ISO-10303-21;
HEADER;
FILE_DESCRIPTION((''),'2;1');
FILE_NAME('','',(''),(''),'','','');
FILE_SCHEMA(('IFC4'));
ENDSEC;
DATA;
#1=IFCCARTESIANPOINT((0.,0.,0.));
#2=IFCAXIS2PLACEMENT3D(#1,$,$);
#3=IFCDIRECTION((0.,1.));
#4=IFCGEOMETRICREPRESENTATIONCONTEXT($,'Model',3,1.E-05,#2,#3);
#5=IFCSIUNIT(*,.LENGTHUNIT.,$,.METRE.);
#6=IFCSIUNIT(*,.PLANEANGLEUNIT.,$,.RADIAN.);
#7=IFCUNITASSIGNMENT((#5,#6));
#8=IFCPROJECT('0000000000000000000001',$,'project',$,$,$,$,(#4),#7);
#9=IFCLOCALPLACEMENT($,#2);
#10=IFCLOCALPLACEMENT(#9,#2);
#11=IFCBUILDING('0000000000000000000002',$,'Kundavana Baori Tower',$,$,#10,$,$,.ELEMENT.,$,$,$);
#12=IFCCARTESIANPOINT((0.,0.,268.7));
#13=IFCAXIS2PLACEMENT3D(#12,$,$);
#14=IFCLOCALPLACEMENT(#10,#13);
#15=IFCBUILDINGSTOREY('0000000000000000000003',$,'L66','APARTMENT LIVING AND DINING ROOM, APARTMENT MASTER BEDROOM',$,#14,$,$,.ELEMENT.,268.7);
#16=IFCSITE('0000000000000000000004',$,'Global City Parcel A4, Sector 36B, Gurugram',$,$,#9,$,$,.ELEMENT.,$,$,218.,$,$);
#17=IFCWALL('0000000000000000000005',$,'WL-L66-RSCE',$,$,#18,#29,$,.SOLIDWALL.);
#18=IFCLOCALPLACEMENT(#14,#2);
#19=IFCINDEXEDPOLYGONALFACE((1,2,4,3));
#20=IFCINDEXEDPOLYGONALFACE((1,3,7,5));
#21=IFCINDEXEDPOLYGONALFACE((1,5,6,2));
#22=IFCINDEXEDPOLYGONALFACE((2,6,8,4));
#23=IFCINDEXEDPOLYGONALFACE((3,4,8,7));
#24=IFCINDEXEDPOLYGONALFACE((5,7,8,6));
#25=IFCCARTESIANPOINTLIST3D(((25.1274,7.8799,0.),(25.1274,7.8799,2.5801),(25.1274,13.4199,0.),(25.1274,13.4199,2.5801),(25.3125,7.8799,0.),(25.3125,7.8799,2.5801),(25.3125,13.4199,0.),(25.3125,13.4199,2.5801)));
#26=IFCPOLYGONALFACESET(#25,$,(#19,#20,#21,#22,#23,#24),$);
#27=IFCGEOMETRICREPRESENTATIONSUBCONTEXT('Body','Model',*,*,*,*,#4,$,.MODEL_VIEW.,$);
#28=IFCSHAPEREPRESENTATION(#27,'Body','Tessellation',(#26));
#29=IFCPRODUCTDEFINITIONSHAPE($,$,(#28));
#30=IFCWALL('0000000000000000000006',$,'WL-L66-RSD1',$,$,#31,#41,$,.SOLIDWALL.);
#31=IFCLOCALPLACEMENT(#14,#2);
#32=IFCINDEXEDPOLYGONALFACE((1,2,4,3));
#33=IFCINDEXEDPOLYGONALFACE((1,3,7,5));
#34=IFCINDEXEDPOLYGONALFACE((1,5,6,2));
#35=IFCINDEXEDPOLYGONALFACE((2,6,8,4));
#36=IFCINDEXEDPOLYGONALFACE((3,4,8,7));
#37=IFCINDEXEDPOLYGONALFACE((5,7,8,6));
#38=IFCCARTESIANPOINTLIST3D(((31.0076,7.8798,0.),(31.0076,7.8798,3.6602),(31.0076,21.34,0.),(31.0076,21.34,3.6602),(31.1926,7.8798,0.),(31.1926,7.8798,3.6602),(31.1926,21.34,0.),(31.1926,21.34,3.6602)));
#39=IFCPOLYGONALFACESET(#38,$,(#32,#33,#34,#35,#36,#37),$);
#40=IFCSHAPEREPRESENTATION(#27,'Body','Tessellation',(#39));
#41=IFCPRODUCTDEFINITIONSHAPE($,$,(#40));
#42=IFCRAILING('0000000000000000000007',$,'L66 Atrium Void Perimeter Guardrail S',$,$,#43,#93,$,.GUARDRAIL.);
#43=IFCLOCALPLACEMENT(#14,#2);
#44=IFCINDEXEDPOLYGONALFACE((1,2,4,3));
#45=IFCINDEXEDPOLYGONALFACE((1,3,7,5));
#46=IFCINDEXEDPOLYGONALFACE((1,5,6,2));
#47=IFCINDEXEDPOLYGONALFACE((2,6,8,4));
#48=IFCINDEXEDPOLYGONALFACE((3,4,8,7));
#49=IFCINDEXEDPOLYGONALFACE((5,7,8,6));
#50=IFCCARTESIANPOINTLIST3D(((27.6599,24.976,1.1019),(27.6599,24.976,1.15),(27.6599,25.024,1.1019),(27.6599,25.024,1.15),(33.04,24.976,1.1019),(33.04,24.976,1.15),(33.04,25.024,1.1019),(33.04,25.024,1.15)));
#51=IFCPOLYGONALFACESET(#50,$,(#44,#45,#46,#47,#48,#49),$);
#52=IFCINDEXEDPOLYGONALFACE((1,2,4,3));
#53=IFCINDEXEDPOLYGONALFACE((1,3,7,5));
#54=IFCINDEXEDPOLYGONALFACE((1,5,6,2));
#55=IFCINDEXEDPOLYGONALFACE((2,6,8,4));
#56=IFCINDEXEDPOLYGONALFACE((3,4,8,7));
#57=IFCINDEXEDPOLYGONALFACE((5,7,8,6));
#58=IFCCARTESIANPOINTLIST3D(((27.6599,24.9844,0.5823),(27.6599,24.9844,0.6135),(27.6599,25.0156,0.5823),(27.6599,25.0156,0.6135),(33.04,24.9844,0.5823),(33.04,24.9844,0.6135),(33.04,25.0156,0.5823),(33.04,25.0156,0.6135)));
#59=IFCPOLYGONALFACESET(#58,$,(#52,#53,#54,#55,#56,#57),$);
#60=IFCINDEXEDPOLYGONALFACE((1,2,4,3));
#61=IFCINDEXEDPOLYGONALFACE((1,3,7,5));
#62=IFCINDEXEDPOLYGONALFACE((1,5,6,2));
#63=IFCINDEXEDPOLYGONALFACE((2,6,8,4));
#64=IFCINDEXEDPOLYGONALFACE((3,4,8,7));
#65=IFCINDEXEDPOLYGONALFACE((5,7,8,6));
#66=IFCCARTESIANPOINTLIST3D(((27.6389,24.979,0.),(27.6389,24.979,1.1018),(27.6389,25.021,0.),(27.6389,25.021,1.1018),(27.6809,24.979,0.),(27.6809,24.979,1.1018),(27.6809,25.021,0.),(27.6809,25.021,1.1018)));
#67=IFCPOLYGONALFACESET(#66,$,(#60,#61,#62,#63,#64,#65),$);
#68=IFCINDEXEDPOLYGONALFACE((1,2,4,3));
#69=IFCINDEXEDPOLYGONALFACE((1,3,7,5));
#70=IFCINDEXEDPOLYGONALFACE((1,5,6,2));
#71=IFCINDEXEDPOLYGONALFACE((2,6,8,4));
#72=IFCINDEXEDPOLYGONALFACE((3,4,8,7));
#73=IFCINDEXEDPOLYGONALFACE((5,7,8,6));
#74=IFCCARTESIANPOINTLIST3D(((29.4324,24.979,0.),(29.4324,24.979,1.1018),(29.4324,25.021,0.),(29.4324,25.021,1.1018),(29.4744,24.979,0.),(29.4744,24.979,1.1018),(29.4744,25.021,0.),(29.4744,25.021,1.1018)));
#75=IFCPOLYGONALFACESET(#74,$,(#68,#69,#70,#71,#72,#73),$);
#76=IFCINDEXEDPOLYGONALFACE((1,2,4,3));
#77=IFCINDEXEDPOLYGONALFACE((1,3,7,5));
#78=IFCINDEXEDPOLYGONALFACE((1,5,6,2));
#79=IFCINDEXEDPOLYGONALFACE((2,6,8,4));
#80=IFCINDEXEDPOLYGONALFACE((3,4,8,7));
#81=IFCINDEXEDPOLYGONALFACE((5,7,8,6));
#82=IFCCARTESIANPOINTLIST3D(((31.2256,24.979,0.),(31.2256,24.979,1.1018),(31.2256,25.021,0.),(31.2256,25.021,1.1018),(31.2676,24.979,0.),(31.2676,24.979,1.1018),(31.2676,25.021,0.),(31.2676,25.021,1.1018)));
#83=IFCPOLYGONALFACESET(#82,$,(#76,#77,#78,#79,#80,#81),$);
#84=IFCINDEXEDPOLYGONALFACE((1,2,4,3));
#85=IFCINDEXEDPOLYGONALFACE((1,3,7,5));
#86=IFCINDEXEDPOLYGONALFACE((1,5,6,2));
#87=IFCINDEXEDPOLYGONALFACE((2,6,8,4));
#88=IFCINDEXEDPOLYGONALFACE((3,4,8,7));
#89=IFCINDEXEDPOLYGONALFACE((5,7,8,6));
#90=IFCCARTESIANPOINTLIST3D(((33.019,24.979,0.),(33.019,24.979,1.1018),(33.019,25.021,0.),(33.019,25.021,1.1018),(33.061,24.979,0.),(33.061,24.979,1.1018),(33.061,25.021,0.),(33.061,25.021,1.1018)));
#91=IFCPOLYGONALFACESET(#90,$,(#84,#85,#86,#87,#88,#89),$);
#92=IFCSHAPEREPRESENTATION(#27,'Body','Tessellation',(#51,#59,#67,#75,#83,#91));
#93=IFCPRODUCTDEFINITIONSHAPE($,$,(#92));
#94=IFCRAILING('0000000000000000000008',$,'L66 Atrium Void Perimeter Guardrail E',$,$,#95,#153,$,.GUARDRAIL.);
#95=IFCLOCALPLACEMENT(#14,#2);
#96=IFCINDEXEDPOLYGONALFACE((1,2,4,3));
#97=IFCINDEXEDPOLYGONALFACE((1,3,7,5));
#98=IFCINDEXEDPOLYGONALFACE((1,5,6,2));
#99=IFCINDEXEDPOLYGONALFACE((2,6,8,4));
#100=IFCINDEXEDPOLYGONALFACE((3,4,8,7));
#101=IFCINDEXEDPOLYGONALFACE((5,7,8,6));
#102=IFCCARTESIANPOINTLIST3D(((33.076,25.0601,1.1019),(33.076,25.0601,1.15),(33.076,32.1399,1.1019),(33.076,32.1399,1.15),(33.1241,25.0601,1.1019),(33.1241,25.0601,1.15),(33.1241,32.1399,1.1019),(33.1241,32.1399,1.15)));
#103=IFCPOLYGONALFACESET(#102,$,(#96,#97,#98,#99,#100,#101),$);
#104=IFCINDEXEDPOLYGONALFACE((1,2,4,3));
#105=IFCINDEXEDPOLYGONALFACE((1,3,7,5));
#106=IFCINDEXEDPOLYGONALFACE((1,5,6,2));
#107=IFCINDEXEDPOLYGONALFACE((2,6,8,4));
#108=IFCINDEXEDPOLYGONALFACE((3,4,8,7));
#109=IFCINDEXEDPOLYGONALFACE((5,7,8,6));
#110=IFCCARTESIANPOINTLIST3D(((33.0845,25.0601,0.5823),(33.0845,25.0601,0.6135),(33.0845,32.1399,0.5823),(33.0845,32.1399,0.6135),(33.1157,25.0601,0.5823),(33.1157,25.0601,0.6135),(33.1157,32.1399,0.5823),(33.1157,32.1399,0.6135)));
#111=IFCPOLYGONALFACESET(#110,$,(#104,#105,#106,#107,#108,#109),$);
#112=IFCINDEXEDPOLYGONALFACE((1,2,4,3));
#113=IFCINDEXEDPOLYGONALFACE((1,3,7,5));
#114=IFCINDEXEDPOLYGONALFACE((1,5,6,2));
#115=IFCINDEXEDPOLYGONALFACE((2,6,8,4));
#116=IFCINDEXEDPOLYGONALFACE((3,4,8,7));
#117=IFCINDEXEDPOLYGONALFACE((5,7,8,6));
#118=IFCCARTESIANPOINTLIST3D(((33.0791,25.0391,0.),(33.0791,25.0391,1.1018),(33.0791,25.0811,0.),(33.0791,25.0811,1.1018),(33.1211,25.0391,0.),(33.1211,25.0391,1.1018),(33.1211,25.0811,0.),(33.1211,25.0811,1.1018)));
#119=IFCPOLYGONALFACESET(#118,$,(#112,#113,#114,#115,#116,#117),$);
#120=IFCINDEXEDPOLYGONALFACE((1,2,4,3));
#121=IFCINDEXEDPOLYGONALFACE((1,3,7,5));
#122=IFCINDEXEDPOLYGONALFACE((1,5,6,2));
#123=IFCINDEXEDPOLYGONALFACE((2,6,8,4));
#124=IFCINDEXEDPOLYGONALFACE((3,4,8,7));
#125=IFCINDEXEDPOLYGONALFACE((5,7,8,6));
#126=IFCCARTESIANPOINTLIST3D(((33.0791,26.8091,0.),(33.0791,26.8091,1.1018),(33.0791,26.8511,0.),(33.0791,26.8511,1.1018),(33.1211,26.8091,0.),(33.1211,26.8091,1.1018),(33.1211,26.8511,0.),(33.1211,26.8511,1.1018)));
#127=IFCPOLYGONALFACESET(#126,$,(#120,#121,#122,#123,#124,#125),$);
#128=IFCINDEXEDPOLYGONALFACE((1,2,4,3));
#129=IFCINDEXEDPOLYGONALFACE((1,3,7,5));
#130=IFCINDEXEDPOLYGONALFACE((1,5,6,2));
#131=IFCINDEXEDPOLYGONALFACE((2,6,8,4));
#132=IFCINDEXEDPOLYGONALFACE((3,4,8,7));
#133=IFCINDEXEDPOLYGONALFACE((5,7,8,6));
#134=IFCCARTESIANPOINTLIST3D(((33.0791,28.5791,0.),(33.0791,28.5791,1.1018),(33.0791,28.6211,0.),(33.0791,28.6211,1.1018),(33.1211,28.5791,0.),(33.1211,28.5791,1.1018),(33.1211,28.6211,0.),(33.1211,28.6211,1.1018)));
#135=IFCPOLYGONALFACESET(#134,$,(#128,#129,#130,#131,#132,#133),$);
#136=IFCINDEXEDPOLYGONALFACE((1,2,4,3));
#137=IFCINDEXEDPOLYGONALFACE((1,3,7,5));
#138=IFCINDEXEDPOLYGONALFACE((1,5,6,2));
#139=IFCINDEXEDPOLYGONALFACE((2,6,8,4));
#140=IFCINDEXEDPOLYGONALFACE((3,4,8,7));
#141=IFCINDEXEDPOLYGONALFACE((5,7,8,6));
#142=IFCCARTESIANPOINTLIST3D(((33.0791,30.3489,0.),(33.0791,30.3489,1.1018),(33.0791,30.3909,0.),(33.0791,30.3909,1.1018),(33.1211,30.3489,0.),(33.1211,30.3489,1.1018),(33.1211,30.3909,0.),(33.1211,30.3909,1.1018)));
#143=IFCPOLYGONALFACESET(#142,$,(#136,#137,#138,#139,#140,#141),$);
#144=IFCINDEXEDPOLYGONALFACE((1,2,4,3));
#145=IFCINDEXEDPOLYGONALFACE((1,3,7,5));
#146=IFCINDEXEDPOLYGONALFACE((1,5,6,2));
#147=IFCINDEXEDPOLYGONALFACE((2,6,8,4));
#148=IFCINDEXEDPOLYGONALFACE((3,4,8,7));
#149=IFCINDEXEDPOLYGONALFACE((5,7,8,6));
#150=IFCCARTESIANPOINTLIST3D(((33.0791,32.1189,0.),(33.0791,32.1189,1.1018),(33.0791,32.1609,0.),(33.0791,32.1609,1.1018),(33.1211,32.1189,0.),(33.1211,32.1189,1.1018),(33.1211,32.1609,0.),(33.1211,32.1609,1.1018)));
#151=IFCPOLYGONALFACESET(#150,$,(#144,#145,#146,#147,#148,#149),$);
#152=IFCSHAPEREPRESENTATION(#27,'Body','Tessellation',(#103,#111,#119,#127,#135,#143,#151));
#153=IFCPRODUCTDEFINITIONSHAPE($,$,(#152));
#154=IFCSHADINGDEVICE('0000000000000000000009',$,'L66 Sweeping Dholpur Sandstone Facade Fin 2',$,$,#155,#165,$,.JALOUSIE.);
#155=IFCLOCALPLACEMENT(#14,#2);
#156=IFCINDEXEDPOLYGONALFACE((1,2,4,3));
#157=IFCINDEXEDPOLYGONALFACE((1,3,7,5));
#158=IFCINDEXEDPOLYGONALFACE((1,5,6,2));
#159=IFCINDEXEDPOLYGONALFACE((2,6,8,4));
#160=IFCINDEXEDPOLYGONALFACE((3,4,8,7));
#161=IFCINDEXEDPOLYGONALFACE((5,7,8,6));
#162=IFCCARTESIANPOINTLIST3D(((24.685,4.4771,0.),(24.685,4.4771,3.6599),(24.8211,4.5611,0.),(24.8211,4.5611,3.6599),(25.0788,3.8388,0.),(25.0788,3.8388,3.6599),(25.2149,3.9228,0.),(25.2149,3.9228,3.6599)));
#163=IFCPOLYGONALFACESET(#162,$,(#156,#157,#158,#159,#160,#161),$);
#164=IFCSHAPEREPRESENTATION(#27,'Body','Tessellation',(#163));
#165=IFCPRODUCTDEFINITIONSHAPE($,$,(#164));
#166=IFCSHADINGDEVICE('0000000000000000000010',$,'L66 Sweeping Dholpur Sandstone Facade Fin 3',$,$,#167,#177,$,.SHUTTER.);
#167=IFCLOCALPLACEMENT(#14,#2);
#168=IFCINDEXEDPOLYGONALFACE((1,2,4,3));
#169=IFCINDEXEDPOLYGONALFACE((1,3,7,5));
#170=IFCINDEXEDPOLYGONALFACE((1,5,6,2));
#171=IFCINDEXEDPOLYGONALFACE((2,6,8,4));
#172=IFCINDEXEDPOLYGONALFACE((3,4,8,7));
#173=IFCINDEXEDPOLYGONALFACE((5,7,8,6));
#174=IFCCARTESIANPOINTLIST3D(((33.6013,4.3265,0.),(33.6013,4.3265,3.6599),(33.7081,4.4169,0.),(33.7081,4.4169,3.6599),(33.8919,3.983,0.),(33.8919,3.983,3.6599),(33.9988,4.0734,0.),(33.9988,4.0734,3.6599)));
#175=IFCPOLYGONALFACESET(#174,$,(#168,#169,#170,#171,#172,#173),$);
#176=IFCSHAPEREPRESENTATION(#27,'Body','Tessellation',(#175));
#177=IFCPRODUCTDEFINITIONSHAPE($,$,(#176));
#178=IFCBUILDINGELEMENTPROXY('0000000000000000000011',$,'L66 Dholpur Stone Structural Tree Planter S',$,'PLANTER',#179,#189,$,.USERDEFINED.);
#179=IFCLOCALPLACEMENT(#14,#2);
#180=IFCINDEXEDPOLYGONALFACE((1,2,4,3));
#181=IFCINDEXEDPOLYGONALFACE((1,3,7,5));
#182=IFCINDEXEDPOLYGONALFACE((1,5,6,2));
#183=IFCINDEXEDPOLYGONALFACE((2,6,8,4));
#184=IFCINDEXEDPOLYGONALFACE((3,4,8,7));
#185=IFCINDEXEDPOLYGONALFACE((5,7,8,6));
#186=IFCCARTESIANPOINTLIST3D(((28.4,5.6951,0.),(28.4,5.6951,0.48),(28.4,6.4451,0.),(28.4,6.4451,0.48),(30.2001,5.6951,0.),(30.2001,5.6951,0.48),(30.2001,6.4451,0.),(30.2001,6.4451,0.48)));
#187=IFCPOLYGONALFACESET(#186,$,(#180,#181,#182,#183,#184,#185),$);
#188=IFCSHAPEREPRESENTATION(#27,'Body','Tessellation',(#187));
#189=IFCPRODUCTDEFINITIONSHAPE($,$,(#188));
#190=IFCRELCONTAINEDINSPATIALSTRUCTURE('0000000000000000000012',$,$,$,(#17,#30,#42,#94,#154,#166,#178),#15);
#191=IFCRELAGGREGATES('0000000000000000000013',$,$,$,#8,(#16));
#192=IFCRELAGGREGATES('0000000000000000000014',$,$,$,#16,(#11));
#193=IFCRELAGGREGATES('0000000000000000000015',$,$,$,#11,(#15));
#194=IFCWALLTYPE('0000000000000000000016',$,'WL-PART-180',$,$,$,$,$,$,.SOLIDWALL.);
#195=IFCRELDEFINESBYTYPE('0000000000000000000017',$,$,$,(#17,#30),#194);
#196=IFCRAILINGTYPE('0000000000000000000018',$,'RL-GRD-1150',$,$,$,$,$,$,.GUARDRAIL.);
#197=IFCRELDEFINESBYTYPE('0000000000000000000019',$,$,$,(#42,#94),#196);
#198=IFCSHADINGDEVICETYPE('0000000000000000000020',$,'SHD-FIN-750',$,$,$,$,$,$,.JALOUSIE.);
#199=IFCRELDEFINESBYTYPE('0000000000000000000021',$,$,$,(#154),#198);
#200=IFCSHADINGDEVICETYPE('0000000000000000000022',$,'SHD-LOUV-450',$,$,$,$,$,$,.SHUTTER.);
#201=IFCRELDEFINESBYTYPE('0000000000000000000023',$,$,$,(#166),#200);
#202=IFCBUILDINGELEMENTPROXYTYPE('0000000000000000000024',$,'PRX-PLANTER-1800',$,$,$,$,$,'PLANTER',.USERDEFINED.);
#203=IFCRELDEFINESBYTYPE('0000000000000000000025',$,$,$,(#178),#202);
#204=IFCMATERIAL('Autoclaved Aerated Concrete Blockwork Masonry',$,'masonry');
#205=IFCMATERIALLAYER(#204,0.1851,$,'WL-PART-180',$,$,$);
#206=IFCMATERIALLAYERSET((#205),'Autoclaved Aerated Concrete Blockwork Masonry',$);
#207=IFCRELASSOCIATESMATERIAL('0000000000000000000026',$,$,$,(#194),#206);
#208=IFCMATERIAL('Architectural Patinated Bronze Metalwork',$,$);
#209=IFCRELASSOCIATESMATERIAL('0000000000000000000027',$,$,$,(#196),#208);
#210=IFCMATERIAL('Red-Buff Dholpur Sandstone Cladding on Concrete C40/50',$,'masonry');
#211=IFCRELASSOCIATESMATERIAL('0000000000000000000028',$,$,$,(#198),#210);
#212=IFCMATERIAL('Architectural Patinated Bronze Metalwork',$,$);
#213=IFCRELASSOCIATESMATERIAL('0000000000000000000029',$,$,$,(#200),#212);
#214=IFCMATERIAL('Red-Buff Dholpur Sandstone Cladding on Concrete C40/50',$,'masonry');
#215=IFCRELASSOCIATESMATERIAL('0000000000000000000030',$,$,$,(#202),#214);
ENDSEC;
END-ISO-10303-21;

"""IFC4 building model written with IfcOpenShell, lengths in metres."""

from ifc_helpers import new_model, si_unit, direction, frame, frame_2d, origin, origin_2d, place, context, subcontext, project, spatial, rectangle, extrude, material, layer, layer_set, type_object, element, save


model = new_model("IFC4")

# Units and contexts
model_context = context("Model", 3, precision=1e-05, world=origin(), true_north=direction((0.0, 1.0)))
body_context = subcontext(model_context, "Body", "Model", "MODEL_VIEW")
ifc_project = project(units=[si_unit("LENGTHUNIT", "METRE"), si_unit("PLANEANGLEUNIT", "RADIAN")], contexts=[model_context])

# Site, building, storey
site_placement = place(None, origin())
site = spatial("IfcSite", under=ifc_project, at=site_placement, Name="Global City Parcel A4, Sector 36B, Gurugram", CompositionType="ELEMENT", RefElevation=218.0)
building_placement = place(site_placement, origin())
building = spatial("IfcBuilding", under=site, at=building_placement, Name="Kundavana Baori Tower", CompositionType="ELEMENT")
storey_placement = place(building_placement, frame((0.0, 0.0, 268.7)))
storey = spatial("IfcBuildingStorey", under=building, at=storey_placement, Name="L66", Description="APARTMENT LIVING AND DINING ROOM, APARTMENT MASTER BEDROOM", CompositionType="ELEMENT", Elevation=268.7)

# Shared definitions
ifc_material_1 = material(Name="Autoclaved Aerated Concrete Blockwork Masonry", Category="masonry")
ifc_layer = layer(ifc_material_1, 0.1851, Name="WL-PART-180")
ifc_layer_set = layer_set([ifc_layer], Name="Autoclaved Aerated Concrete Blockwork Masonry")
wall_type = type_object("IfcWallType", Name="WL-PART-180", PredefinedType="SOLIDWALL", material=ifc_layer_set)

# Walls
wall_1_placement = place(storey_placement, frame((25.22, 7.8799, 0.0), z_axis=(0.0, 0.0, 1.0), x_axis=(0.0, 1.0, 0.0)))
element("IfcWall", 1, at=wall_1_placement, inside=storey, type_object=wall_type, Name="WL-L66-RSCE", PredefinedType="SOLIDWALL", context=body_context, shape_type="SweptSolid", body=[
    extrude(rectangle(XDim=5.54, YDim=0.1851, at=frame_2d((2.77, 0.0))), origin(), (0.0, 0.0, 1.0), 2.5801),
])
wall_2_placement = place(storey_placement, frame((31.1001, 7.8799, 0.0), z_axis=(0.0, 0.0, 1.0), x_axis=(0.0, 1.0, 0.0)))
element("IfcWall", 2, at=wall_2_placement, inside=storey, type_object=wall_type, Name="WL-L66-RSD1", PredefinedType="SOLIDWALL", context=body_context, shape_type="SweptSolid", body=[
    extrude(rectangle(XDim=13.4602, YDim=0.1851, at=frame_2d((6.73, 0.0))), origin(), (0.0, 0.0, 1.0), 3.6602),
])

# Railings
ifc_material_2 = material(Name="Architectural Patinated Bronze Metalwork")
railing_type = type_object("IfcRailingType", Name="RL-GRD-1150", PredefinedType="GUARDRAIL", material=ifc_material_2)
railing_1_placement = place(storey_placement, frame((27.6599, 25.0, 0.0)))
element("IfcRailing", 3, at=railing_1_placement, inside=storey, type_object=railing_type, Name="L66 Atrium Void Perimeter Guardrail S", PredefinedType="GUARDRAIL", context=body_context, shape_type="SweptSolid", body=[
    extrude(rectangle(XDim=0.0481, YDim=0.0481, at=origin_2d()), frame((0.0, 0.0, 1.126), z_axis=(1.0, 0.0, 0.0), x_axis=(0.0, 1.0, 0.0)), (0.0, 0.0, 1.0), 5.3801),
    extrude(rectangle(XDim=0.0312, YDim=0.0312, at=origin_2d()), frame((0.0, 0.0, 0.5979), z_axis=(1.0, 0.0, 0.0), x_axis=(0.0, 1.0, 0.0)), (0.0, 0.0, 1.0), 5.3801),
    extrude(rectangle(XDim=0.042, YDim=0.042, at=origin_2d()), origin(), (0.0, 0.0, 1.0), 1.1018),
    extrude(rectangle(XDim=0.042, YDim=0.042, at=origin_2d()), frame((1.7935, 0.0, 0.0)), (0.0, 0.0, 1.0), 1.1018),
    extrude(rectangle(XDim=0.042, YDim=0.042, at=origin_2d()), frame((3.5867, 0.0, 0.0)), (0.0, 0.0, 1.0), 1.1018),
    extrude(rectangle(XDim=0.042, YDim=0.042, at=origin_2d()), frame((5.3801, 0.0, 0.0)), (0.0, 0.0, 1.0), 1.1018),
])
railing_2_placement = place(storey_placement, frame((33.1001, 25.0601, 0.0)))
element("IfcRailing", 4, at=railing_2_placement, inside=storey, type_object=railing_type, Name="L66 Atrium Void Perimeter Guardrail E", PredefinedType="GUARDRAIL", context=body_context, shape_type="SweptSolid", body=[
    extrude(rectangle(XDim=0.0481, YDim=0.0481, at=origin_2d()), frame((0.0, 0.0, 1.126), z_axis=(0.0, 1.0, 0.0), x_axis=(-1.0, 0.0, 0.0)), (0.0, 0.0, 1.0), 7.0798),
    extrude(rectangle(XDim=0.0312, YDim=0.0312, at=origin_2d()), frame((0.0, 0.0, 0.5979), z_axis=(0.0, 1.0, 0.0), x_axis=(-1.0, 0.0, 0.0)), (0.0, 0.0, 1.0), 7.0798),
    extrude(rectangle(XDim=0.042, YDim=0.042, at=origin_2d()), origin(), (0.0, 0.0, 1.0), 1.1018),
    extrude(rectangle(XDim=0.042, YDim=0.042, at=origin_2d()), frame((0.0, 1.77, 0.0)), (0.0, 0.0, 1.0), 1.1018),
    extrude(rectangle(XDim=0.042, YDim=0.042, at=origin_2d()), frame((0.0, 3.54, 0.0)), (0.0, 0.0, 1.0), 1.1018),
    extrude(rectangle(XDim=0.042, YDim=0.042, at=origin_2d()), frame((0.0, 5.3098, 0.0)), (0.0, 0.0, 1.0), 1.1018),
    extrude(rectangle(XDim=0.042, YDim=0.042, at=origin_2d()), frame((0.0, 7.0798, 0.0)), (0.0, 0.0, 1.0), 1.1018),
])

# Shading devices
ifc_material_3 = material(Name="Red-Buff Dholpur Sandstone Cladding on Concrete C40/50", Category="masonry")
shading_device_type_1 = type_object("IfcShadingDeviceType", Name="SHD-FIN-750", PredefinedType="JALOUSIE", material=ifc_material_3)
shading_device_1_placement = place(storey_placement, frame((24.95, 4.2, 0.0), z_axis=(0.0, 0.0, 1.0), x_axis=(0.851086, 0.525026, 0.0)))
element("IfcShadingDevice", 5, at=shading_device_1_placement, inside=storey, type_object=shading_device_type_1, Name="L66 Sweeping Dholpur Sandstone Facade Fin 2", PredefinedType="JALOUSIE", context=body_context, shape_type="SweptSolid", body=[
    extrude(rectangle(XDim=0.1599, YDim=0.75, at=origin_2d()), origin(), (0.0, 0.0, 1.0), 3.6599),
])
ifc_material_4 = material(Name="Architectural Patinated Bronze Metalwork")
shading_device_type_2 = type_object("IfcShadingDeviceType", Name="SHD-LOUV-450", PredefinedType="SHUTTER", material=ifc_material_4)
shading_device_2_placement = place(storey_placement, frame((33.8, 4.2, 0.0), z_axis=(0.0, 0.0, 1.0), x_axis=(0.763458, 0.645858, 0.0)))
element("IfcShadingDevice", 6, at=shading_device_2_placement, inside=storey, type_object=shading_device_type_2, Name="L66 Sweeping Dholpur Sandstone Facade Fin 3", PredefinedType="SHUTTER", context=body_context, shape_type="SweptSolid", body=[
    extrude(rectangle(XDim=0.1399, YDim=0.45, at=origin_2d()), origin(), (0.0, 0.0, 1.0), 3.6599),
])

# Building element proxy
ifc_material_5 = material(Name="Red-Buff Dholpur Sandstone Cladding on Concrete C40/50", Category="masonry")
building_element_proxy_type = type_object("IfcBuildingElementProxyType", Name="PRX-PLANTER-1800", ElementType="PLANTER", PredefinedType="USERDEFINED", material=ifc_material_5)
proxy_placement = place(storey_placement, frame((29.3, 6.0701, 0.0), z_axis=(0.0, 0.0, 1.0), x_axis=(1.0, 0.0, 0.0)))
element("IfcBuildingElementProxy", 7, at=proxy_placement, inside=storey, type_object=building_element_proxy_type, Name="L66 Dholpur Stone Structural Tree Planter S", ObjectType="PLANTER", PredefinedType="USERDEFINED", context=body_context, shape_type="SweptSolid", body=[
    extrude(rectangle(XDim=1.8, YDim=0.75, at=origin_2d()), origin(), (0.0, 0.0, 1.0), 0.48),
])

save(model, "model.ifc")
